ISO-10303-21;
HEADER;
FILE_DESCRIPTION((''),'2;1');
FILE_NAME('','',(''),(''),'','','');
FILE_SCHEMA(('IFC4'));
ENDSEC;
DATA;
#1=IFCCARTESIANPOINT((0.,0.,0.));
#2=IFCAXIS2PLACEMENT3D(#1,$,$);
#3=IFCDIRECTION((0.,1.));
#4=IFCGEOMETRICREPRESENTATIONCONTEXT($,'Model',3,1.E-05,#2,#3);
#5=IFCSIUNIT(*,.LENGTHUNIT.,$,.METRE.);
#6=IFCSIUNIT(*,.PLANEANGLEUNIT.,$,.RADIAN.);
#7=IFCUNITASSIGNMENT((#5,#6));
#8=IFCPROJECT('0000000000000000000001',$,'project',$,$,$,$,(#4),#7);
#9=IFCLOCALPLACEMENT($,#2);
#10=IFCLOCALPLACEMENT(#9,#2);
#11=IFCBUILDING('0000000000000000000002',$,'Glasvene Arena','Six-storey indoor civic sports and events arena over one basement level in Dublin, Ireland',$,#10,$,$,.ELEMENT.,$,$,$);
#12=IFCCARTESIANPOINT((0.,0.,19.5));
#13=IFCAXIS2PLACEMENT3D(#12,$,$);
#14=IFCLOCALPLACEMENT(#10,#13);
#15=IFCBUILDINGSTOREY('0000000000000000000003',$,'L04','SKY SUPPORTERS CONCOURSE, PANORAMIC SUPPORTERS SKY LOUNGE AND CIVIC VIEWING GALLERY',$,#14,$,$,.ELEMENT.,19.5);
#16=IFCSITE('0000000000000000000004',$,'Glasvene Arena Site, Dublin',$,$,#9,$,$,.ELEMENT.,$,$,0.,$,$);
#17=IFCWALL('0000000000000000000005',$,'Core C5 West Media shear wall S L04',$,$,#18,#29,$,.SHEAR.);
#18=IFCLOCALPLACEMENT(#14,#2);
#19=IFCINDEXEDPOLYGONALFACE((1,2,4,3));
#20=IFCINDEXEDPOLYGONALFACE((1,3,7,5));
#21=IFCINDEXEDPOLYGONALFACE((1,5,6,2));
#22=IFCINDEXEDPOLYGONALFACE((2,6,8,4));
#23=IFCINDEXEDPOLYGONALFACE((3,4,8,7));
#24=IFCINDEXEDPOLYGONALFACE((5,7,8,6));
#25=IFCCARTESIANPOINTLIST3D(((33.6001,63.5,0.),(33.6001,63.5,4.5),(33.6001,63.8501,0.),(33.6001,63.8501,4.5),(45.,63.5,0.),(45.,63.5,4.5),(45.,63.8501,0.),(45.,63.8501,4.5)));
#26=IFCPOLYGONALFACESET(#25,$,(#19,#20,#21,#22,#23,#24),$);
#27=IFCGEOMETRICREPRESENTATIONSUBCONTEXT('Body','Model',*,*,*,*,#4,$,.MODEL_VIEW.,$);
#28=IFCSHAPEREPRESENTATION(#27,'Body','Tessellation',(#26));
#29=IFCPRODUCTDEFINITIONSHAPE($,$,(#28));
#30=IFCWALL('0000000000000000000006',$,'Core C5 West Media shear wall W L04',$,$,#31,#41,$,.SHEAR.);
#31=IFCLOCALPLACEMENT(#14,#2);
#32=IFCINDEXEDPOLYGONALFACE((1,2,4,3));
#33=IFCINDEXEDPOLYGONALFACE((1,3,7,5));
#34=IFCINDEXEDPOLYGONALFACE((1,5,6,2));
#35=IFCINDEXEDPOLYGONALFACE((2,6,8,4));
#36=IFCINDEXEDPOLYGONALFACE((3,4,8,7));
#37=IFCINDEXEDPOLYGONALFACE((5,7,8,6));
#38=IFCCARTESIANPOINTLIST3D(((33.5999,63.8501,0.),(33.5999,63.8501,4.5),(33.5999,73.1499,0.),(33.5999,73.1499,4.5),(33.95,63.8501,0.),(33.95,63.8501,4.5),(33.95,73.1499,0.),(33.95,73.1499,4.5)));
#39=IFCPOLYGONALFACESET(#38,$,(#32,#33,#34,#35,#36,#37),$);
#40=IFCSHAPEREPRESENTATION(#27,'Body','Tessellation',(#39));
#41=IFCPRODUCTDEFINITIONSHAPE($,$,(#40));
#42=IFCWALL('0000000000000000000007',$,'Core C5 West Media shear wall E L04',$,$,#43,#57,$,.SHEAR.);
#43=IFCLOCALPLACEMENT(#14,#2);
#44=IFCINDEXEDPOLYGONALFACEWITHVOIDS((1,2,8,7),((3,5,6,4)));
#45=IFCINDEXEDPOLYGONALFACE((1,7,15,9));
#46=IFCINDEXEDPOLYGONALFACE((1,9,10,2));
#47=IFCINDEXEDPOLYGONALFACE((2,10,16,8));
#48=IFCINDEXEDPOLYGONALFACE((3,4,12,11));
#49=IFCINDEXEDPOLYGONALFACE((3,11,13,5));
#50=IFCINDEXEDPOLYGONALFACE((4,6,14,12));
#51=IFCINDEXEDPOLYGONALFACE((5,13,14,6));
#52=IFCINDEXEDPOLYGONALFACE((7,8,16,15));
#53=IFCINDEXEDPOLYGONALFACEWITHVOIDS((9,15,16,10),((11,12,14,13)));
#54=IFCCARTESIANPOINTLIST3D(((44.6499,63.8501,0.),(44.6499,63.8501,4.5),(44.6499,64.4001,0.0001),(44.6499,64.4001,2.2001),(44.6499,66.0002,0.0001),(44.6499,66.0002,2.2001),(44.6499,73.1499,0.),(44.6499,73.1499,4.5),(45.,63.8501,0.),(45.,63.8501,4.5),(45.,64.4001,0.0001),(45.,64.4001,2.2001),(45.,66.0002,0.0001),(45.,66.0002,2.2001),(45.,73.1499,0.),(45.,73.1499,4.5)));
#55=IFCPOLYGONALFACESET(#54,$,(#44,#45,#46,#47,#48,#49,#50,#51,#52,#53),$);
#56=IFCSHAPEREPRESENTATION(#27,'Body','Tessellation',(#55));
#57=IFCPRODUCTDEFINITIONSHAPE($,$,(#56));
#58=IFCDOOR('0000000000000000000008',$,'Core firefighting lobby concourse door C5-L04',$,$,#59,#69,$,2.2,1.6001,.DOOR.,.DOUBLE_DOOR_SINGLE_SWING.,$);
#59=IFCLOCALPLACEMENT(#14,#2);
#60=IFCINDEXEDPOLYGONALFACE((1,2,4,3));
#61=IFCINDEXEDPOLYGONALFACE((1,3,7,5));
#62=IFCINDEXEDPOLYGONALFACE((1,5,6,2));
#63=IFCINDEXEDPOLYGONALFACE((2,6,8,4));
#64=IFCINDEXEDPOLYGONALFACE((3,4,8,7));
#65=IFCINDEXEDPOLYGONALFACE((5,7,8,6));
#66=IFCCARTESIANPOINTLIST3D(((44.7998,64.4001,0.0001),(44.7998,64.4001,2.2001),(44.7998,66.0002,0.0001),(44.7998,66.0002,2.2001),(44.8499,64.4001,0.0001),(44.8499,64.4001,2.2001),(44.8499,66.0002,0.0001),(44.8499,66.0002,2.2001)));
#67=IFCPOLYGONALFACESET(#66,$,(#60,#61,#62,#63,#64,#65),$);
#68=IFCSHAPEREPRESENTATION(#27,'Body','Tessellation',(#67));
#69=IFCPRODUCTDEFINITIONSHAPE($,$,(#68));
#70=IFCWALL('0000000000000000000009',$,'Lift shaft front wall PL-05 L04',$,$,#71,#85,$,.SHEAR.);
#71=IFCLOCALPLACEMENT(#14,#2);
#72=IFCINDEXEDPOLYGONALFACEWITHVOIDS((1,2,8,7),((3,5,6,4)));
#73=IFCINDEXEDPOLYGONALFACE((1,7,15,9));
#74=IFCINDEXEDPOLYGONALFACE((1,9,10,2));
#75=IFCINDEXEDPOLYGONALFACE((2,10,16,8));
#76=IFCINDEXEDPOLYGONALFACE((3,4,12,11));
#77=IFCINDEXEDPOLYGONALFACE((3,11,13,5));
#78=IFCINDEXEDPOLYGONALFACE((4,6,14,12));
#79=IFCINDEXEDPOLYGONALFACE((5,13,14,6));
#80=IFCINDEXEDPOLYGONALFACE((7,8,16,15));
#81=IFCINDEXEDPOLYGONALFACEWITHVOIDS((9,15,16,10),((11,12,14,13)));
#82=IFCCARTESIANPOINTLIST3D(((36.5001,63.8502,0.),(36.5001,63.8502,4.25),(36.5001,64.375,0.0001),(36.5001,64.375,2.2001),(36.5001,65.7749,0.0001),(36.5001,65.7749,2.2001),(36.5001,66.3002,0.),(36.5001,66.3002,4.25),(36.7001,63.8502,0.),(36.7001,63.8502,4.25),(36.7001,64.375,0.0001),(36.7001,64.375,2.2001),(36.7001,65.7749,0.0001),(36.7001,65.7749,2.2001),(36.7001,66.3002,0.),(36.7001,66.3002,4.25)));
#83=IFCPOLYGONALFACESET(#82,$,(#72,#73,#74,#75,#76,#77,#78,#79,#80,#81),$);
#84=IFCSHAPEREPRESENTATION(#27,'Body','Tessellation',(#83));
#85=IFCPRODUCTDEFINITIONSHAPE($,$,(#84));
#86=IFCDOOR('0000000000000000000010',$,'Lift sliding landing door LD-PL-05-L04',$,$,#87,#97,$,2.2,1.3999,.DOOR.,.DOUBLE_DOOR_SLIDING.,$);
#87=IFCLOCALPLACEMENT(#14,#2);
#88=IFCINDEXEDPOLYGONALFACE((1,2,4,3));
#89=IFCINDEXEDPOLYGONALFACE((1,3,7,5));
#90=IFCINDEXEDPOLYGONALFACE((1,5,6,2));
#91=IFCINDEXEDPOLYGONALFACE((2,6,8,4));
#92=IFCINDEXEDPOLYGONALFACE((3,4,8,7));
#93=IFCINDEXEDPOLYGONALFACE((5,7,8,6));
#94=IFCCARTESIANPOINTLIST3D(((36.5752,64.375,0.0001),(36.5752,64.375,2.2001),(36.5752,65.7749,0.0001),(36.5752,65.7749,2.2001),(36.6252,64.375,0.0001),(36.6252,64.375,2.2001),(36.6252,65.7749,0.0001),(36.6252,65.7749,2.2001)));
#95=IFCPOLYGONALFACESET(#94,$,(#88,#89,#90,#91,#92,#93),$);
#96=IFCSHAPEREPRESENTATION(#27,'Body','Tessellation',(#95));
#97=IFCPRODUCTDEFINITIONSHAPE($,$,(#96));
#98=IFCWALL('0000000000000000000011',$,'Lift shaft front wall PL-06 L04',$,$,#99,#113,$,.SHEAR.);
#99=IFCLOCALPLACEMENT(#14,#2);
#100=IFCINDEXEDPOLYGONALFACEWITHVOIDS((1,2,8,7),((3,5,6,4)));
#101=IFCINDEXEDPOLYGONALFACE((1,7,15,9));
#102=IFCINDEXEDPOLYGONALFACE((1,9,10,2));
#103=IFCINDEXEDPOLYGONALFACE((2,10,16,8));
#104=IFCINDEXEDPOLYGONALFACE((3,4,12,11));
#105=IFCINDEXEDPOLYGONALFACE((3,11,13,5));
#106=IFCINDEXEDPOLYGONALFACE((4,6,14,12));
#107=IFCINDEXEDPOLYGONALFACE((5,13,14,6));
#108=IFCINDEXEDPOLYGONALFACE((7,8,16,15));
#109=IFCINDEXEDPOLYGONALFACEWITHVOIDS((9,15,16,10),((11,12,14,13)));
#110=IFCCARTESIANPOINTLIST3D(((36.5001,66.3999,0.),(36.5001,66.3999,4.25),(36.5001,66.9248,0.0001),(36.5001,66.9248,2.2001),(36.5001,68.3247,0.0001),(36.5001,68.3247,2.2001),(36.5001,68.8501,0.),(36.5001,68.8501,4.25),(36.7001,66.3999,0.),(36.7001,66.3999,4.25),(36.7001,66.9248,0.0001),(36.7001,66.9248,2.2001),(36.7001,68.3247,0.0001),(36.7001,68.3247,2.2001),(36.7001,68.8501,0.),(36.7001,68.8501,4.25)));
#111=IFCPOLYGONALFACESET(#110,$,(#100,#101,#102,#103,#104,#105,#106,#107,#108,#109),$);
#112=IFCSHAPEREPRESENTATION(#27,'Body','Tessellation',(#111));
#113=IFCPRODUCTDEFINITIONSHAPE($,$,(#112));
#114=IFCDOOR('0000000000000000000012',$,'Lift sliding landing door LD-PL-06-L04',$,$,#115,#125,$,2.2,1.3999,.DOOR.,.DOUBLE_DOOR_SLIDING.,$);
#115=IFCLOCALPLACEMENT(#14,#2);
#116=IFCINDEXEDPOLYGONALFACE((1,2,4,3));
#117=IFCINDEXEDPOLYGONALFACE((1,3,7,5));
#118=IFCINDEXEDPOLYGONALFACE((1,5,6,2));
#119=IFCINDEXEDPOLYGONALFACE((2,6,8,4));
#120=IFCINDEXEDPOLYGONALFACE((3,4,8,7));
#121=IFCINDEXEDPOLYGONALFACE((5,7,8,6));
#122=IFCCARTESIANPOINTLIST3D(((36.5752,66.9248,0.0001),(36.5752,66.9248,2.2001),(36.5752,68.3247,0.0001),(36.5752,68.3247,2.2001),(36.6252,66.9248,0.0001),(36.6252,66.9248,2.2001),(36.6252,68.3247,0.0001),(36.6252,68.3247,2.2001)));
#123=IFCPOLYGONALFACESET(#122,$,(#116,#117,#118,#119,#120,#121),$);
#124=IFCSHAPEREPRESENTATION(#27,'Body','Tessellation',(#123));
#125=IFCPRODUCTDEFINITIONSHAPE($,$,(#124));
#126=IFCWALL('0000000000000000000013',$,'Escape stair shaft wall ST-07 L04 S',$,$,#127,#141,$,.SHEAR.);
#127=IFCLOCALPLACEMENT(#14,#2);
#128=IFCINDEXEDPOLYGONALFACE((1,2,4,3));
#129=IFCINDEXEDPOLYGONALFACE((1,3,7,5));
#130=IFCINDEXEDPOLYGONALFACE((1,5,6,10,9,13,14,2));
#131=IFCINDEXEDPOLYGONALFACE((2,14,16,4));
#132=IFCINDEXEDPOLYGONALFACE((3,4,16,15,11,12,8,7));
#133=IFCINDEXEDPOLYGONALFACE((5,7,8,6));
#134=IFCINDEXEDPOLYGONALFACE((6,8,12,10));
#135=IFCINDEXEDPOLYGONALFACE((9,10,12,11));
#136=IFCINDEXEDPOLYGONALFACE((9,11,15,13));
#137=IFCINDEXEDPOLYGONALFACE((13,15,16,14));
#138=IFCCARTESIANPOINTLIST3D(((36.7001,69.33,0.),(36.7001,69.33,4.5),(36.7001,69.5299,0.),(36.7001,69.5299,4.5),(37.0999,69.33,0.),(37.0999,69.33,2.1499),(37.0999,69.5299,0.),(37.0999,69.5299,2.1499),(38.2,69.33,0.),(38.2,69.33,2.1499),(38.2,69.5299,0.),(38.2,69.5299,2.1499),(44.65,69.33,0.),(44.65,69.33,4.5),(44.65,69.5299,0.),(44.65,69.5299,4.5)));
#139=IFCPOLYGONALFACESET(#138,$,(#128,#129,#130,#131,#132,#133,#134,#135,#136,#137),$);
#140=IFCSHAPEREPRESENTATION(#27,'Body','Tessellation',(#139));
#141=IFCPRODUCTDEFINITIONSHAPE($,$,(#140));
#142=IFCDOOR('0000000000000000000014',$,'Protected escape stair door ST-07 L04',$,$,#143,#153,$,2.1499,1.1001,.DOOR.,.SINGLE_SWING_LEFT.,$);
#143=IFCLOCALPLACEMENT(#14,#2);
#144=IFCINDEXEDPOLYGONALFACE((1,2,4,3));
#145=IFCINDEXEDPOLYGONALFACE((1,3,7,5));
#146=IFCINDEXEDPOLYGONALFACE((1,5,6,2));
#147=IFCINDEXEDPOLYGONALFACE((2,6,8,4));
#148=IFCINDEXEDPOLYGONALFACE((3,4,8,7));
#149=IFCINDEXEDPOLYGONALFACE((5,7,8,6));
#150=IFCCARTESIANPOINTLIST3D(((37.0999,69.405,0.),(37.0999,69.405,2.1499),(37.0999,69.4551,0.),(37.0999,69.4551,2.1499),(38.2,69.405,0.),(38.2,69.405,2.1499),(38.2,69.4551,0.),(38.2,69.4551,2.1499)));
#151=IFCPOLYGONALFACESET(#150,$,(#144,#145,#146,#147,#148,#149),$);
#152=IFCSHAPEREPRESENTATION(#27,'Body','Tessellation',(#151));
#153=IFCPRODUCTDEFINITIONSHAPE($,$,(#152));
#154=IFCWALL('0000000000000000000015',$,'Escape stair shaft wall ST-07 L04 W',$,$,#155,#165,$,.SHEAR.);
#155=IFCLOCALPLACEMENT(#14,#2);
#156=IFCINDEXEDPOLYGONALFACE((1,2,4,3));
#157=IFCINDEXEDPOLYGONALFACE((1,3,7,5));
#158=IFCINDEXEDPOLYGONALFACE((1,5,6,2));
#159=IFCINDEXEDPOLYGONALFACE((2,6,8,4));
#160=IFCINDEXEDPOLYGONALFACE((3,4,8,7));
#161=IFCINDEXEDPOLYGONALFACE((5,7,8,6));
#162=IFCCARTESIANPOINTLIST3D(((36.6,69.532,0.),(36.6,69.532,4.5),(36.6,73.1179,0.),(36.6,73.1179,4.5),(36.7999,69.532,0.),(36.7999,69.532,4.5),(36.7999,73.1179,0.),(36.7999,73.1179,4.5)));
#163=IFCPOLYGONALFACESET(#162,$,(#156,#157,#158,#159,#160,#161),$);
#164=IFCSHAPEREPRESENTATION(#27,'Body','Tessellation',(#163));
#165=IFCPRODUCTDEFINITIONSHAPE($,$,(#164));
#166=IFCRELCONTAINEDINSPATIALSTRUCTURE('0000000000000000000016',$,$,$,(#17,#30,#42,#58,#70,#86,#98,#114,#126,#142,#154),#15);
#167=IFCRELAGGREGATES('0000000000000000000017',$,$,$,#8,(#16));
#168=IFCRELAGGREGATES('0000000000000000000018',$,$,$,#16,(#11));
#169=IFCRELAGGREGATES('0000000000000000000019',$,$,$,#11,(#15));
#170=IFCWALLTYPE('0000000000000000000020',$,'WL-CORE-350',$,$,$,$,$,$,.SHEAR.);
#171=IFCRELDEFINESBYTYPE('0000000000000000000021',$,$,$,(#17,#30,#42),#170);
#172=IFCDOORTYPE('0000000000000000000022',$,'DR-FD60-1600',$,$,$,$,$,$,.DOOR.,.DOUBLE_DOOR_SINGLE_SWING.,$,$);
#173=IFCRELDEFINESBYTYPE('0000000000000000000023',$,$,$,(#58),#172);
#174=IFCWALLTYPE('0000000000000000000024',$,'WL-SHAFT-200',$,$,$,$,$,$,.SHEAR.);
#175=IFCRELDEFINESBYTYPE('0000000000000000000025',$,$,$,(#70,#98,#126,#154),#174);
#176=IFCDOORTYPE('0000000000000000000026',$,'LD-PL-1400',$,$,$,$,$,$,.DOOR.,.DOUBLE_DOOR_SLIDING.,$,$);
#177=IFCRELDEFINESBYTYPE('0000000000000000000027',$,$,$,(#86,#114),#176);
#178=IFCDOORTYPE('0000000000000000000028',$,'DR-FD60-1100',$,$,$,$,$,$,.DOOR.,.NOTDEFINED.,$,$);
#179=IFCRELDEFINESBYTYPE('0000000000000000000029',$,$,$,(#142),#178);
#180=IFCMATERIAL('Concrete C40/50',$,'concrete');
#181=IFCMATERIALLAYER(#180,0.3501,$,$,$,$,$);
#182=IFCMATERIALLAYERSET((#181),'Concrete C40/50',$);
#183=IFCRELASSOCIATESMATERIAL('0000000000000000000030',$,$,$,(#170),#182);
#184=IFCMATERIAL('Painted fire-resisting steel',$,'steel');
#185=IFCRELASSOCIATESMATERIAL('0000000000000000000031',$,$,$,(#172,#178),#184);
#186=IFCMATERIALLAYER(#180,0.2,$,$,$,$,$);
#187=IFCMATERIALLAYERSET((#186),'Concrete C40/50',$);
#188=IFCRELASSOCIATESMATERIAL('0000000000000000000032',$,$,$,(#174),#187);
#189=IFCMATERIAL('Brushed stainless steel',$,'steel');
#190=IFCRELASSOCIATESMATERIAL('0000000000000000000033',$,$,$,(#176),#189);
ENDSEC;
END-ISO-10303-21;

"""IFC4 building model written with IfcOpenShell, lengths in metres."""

from ifc_helpers import new_model, si_unit, direction, frame, frame_2d, origin, place, context, subcontext, project, spatial, rectangle, extrude, material, layer, layer_set, type_object, element, fill, save


model = new_model("IFC4")

# Units and contexts
model_context = context("Model", 3, precision=1e-05, world=origin(), true_north=direction((0.0, 1.0)))
body_context = subcontext(model_context, "Body", "Model", "MODEL_VIEW")
ifc_project = project(units=[si_unit("LENGTHUNIT", "METRE"), si_unit("PLANEANGLEUNIT", "RADIAN")], contexts=[model_context])

# Site, building, storey
site_placement = place(None, origin())
site = spatial("IfcSite", under=ifc_project, at=site_placement, Name="Glasvene Arena Site, Dublin", CompositionType="ELEMENT", RefElevation=0.0)
building_placement = place(site_placement, origin())
building = spatial("IfcBuilding", under=site, at=building_placement, Name="Glasvene Arena", Description="Six-storey indoor civic sports and events arena over one basement level in Dublin, Ireland", CompositionType="ELEMENT")
storey_placement = place(building_placement, frame((0.0, 0.0, 19.5)))
storey = spatial("IfcBuildingStorey", under=building, at=storey_placement, Name="L04", Description="SKY SUPPORTERS CONCOURSE, PANORAMIC SUPPORTERS SKY LOUNGE AND CIVIC VIEWING GALLERY", CompositionType="ELEMENT", Elevation=19.5)

# Shared definitions
ifc_material_1 = material(Name="Concrete C40/50", Category="concrete")

# Walls
ifc_layer_1 = layer(ifc_material_1, 0.3501)
ifc_layer_set_1 = layer_set([ifc_layer_1], Name="Concrete C40/50")
wall_type_1 = type_object("IfcWallType", Name="WL-CORE-350", PredefinedType="SHEAR", material=ifc_layer_set_1)
wall_1_placement = place(storey_placement, frame((33.6001, 63.675, 0.0), z_axis=(0.0, 0.0, 1.0), x_axis=(1.0, 0.0, 0.0)))
element("IfcWall", 1, at=wall_1_placement, inside=storey, type_object=wall_type_1, Name="Core C5 West Media shear wall S L04", PredefinedType="SHEAR", context=body_context, shape_type="SweptSolid", body=[
    extrude(rectangle(XDim=11.3999, YDim=0.3501, at=frame_2d((5.7, 0.0))), origin(), (0.0, 0.0, 1.0), 4.5),
])
wall_2_placement = place(storey_placement, frame((33.7749, 63.8501, 0.0), z_axis=(0.0, 0.0, 1.0), x_axis=(0.0, 1.0, 0.0)))
element("IfcWall", 2, at=wall_2_placement, inside=storey, type_object=wall_type_1, Name="Core C5 West Media shear wall W L04", PredefinedType="SHEAR", context=body_context, shape_type="SweptSolid", body=[
    extrude(rectangle(XDim=9.2998, YDim=0.3501, at=frame_2d((4.6499, 0.0))), origin(), (0.0, 0.0, 1.0), 4.5),
])

# Walls, openings, doors
wall_3_placement = place(storey_placement, frame((44.825, 63.8501, 0.0), z_axis=(0.0, 0.0, 1.0), x_axis=(0.0, 1.0, 0.0)))
wall_3 = element("IfcWall", 3, at=wall_3_placement, inside=storey, type_object=wall_type_1, Name="Core C5 West Media shear wall E L04", PredefinedType="SHEAR", context=body_context, shape_type="SweptSolid", body=[
    extrude(rectangle(XDim=9.2998, YDim=0.3501, at=frame_2d((4.6499, 0.0))), origin(), (0.0, 0.0, 1.0), 4.5),
])
opening_1_placement = place(wall_3_placement, frame((0.55, 0.0, 0.0)))
opening_1 = element("IfcOpeningElement", 4, at=opening_1_placement, cuts=wall_3, PredefinedType="OPENING", context=body_context, shape_type="SweptSolid", body=[
    extrude(rectangle(XDim=1.6001, YDim=2.2, at=frame_2d((0.8, 1.1001))), frame((0.0, 0.1851, 0.0), z_axis=(0.0, -1.0, 0.0), x_axis=(1.0, 0.0, 0.0)), (0.0, 0.0, 1.0), 0.3701),
])
ifc_material_2 = material(Name="Painted fire-resisting steel", Category="steel")
door_type_1 = type_object("IfcDoorType", Name="DR-FD60-1600", OperationType="DOUBLE_DOOR_SINGLE_SWING", PredefinedType="DOOR", material=ifc_material_2)
door_1_placement = place(opening_1_placement, frame((1.6001, 0.0, 0.0), z_axis=(0.0, 0.0, 1.0), x_axis=(-1.0, 0.0, 0.0)))
door_1 = element("IfcDoor", 5, at=door_1_placement, inside=storey, type_object=door_type_1, Name="Core firefighting lobby concourse door C5-L04", OperationType="DOUBLE_DOOR_SINGLE_SWING", OverallHeight=2.2, OverallWidth=1.6001, PredefinedType="DOOR", context=body_context, shape_type="SweptSolid", body=[
    extrude(rectangle(XDim=1.6001, YDim=2.2, at=frame_2d((0.8, 1.1001))), frame((0.0, 0.0249, 0.0), z_axis=(0.0, -1.0, 0.0), x_axis=(1.0, 0.0, 0.0)), (0.0, 0.0, 1.0), 0.05),
])
fill(opening_1, door_1)
ifc_layer_2 = layer(ifc_material_1, 0.2)
ifc_layer_set_2 = layer_set([ifc_layer_2], Name="Concrete C40/50")
wall_type_2 = type_object("IfcWallType", Name="WL-SHAFT-200", PredefinedType="SHEAR", material=ifc_layer_set_2)
wall_4_placement = place(storey_placement, frame((36.6001, 63.8501, 0.0), z_axis=(0.0, 0.0, 1.0), x_axis=(0.0, 1.0, 0.0)))
wall_4 = element("IfcWall", 6, at=wall_4_placement, inside=storey, type_object=wall_type_2, Name="Lift shaft front wall PL-05 L04", PredefinedType="SHEAR", context=body_context, shape_type="SweptSolid", body=[
    extrude(rectangle(XDim=2.45, YDim=0.2, at=frame_2d((1.2251, 0.0))), origin(), (0.0, 0.0, 1.0), 4.25),
])
opening_2_placement = place(wall_4_placement, frame((0.5249, 0.0, 0.0)))
opening_2 = element("IfcOpeningElement", 7, at=opening_2_placement, cuts=wall_4, PredefinedType="OPENING", context=body_context, shape_type="SweptSolid", body=[
    extrude(rectangle(XDim=1.3999, YDim=2.2, at=frame_2d((0.7, 1.1001))), frame((0.0, 0.1099, 0.0), z_axis=(0.0, -1.0, 0.0), x_axis=(1.0, 0.0, 0.0)), (0.0, 0.0, 1.0), 0.22),
])
ifc_material_3 = material(Name="Brushed stainless steel", Category="steel")
door_type_2 = type_object("IfcDoorType", Name="LD-PL-1400", OperationType="DOUBLE_DOOR_SLIDING", PredefinedType="DOOR", material=ifc_material_3)
door_2_placement = place(opening_2_placement, origin())
door_2 = element("IfcDoor", 8, at=door_2_placement, inside=storey, type_object=door_type_2, Name="Lift sliding landing door LD-PL-05-L04", OperationType="DOUBLE_DOOR_SLIDING", OverallHeight=2.2, OverallWidth=1.3999, PredefinedType="DOOR", context=body_context, shape_type="SweptSolid", body=[
    extrude(rectangle(XDim=1.3999, YDim=2.2, at=frame_2d((0.7, 1.1001))), frame((0.0, 0.0249, 0.0), z_axis=(0.0, -1.0, 0.0), x_axis=(1.0, 0.0, 0.0)), (0.0, 0.0, 1.0), 0.05),
])
fill(opening_2, door_2)
wall_5_placement = place(storey_placement, frame((36.6001, 66.3999, 0.0), z_axis=(0.0, 0.0, 1.0), x_axis=(0.0, 1.0, 0.0)))
wall_5 = element("IfcWall", 9, at=wall_5_placement, inside=storey, type_object=wall_type_2, Name="Lift shaft front wall PL-06 L04", PredefinedType="SHEAR", context=body_context, shape_type="SweptSolid", body=[
    extrude(rectangle(XDim=2.4502, YDim=0.2, at=frame_2d((1.2251, 0.0))), origin(), (0.0, 0.0, 1.0), 4.25),
])
opening_3_placement = place(wall_5_placement, frame((0.5249, 0.0, 0.0)))
opening_3 = element("IfcOpeningElement", 10, at=opening_3_placement, cuts=wall_5, PredefinedType="OPENING", context=body_context, shape_type="SweptSolid", body=[
    extrude(rectangle(XDim=1.3999, YDim=2.2, at=frame_2d((0.7, 1.1001))), frame((0.0, 0.1099, 0.0), z_axis=(0.0, -1.0, 0.0), x_axis=(1.0, 0.0, 0.0)), (0.0, 0.0, 1.0), 0.22),
])
door_3_placement = place(opening_3_placement, origin())
door_3 = element("IfcDoor", 11, at=door_3_placement, inside=storey, type_object=door_type_2, Name="Lift sliding landing door LD-PL-06-L04", OperationType="DOUBLE_DOOR_SLIDING", OverallHeight=2.2, OverallWidth=1.3999, PredefinedType="DOOR", context=body_context, shape_type="SweptSolid", body=[
    extrude(rectangle(XDim=1.3999, YDim=2.2, at=frame_2d((0.7, 1.1001))), frame((0.0, 0.0249, 0.0), z_axis=(0.0, -1.0, 0.0), x_axis=(1.0, 0.0, 0.0)), (0.0, 0.0, 1.0), 0.05),
])
fill(opening_3, door_3)
wall_6_placement = place(storey_placement, frame((36.7, 69.4299, 0.0), z_axis=(0.0, 0.0, 1.0), x_axis=(1.0, 0.0, 0.0)))
wall_6 = element("IfcWall", 12, at=wall_6_placement, inside=storey, type_object=wall_type_2, Name="Escape stair shaft wall ST-07 L04 S", PredefinedType="SHEAR", context=body_context, shape_type="SweptSolid", body=[
    extrude(rectangle(XDim=7.95, YDim=0.2, at=frame_2d((3.9751, 0.0))), origin(), (0.0, 0.0, 1.0), 4.5),
])
opening_4_placement = place(wall_6_placement, frame((0.3999, 0.0, 0.0)))
opening_4 = element("IfcOpeningElement", 13, at=opening_4_placement, cuts=wall_6, PredefinedType="OPENING", context=body_context, shape_type="SweptSolid", body=[
    extrude(rectangle(XDim=1.1001, YDim=2.1499, at=frame_2d((0.55, 1.075))), frame((0.0, 0.1099, 0.0), z_axis=(0.0, -1.0, 0.0), x_axis=(1.0, 0.0, 0.0)), (0.0, 0.0, 1.0), 0.22),
])
door_type_3 = type_object("IfcDoorType", Name="DR-FD60-1100", OperationType="NOTDEFINED", PredefinedType="DOOR", material=ifc_material_2)
door_4_placement = place(opening_4_placement, frame((1.1001, 0.0, 0.0), z_axis=(0.0, 0.0, 1.0), x_axis=(-1.0, 0.0, 0.0)))
door_4 = element("IfcDoor", 14, at=door_4_placement, inside=storey, type_object=door_type_3, Name="Protected escape stair door ST-07 L04", OperationType="SINGLE_SWING_LEFT", OverallHeight=2.1499, OverallWidth=1.1001, PredefinedType="DOOR", context=body_context, shape_type="SweptSolid", body=[
    extrude(rectangle(XDim=1.1001, YDim=2.1499, at=frame_2d((0.55, 1.075))), frame((0.0, 0.0249, 0.0), z_axis=(0.0, -1.0, 0.0), x_axis=(1.0, 0.0, 0.0)), (0.0, 0.0, 1.0), 0.05),
])
fill(opening_4, door_4)

# Wall
wall_7_placement = place(storey_placement, frame((36.7, 69.532, 0.0), z_axis=(0.0, 0.0, 1.0), x_axis=(0.0, 1.0, 0.0)))
element("IfcWall", 15, at=wall_7_placement, inside=storey, type_object=wall_type_2, Name="Escape stair shaft wall ST-07 L04 W", PredefinedType="SHEAR", context=body_context, shape_type="SweptSolid", body=[
    extrude(rectangle(XDim=3.5859, YDim=0.2, at=frame_2d((1.793, 0.0))), origin(), (0.0, 0.0, 1.0), 4.5),
])

save(model, "model.ifc")
